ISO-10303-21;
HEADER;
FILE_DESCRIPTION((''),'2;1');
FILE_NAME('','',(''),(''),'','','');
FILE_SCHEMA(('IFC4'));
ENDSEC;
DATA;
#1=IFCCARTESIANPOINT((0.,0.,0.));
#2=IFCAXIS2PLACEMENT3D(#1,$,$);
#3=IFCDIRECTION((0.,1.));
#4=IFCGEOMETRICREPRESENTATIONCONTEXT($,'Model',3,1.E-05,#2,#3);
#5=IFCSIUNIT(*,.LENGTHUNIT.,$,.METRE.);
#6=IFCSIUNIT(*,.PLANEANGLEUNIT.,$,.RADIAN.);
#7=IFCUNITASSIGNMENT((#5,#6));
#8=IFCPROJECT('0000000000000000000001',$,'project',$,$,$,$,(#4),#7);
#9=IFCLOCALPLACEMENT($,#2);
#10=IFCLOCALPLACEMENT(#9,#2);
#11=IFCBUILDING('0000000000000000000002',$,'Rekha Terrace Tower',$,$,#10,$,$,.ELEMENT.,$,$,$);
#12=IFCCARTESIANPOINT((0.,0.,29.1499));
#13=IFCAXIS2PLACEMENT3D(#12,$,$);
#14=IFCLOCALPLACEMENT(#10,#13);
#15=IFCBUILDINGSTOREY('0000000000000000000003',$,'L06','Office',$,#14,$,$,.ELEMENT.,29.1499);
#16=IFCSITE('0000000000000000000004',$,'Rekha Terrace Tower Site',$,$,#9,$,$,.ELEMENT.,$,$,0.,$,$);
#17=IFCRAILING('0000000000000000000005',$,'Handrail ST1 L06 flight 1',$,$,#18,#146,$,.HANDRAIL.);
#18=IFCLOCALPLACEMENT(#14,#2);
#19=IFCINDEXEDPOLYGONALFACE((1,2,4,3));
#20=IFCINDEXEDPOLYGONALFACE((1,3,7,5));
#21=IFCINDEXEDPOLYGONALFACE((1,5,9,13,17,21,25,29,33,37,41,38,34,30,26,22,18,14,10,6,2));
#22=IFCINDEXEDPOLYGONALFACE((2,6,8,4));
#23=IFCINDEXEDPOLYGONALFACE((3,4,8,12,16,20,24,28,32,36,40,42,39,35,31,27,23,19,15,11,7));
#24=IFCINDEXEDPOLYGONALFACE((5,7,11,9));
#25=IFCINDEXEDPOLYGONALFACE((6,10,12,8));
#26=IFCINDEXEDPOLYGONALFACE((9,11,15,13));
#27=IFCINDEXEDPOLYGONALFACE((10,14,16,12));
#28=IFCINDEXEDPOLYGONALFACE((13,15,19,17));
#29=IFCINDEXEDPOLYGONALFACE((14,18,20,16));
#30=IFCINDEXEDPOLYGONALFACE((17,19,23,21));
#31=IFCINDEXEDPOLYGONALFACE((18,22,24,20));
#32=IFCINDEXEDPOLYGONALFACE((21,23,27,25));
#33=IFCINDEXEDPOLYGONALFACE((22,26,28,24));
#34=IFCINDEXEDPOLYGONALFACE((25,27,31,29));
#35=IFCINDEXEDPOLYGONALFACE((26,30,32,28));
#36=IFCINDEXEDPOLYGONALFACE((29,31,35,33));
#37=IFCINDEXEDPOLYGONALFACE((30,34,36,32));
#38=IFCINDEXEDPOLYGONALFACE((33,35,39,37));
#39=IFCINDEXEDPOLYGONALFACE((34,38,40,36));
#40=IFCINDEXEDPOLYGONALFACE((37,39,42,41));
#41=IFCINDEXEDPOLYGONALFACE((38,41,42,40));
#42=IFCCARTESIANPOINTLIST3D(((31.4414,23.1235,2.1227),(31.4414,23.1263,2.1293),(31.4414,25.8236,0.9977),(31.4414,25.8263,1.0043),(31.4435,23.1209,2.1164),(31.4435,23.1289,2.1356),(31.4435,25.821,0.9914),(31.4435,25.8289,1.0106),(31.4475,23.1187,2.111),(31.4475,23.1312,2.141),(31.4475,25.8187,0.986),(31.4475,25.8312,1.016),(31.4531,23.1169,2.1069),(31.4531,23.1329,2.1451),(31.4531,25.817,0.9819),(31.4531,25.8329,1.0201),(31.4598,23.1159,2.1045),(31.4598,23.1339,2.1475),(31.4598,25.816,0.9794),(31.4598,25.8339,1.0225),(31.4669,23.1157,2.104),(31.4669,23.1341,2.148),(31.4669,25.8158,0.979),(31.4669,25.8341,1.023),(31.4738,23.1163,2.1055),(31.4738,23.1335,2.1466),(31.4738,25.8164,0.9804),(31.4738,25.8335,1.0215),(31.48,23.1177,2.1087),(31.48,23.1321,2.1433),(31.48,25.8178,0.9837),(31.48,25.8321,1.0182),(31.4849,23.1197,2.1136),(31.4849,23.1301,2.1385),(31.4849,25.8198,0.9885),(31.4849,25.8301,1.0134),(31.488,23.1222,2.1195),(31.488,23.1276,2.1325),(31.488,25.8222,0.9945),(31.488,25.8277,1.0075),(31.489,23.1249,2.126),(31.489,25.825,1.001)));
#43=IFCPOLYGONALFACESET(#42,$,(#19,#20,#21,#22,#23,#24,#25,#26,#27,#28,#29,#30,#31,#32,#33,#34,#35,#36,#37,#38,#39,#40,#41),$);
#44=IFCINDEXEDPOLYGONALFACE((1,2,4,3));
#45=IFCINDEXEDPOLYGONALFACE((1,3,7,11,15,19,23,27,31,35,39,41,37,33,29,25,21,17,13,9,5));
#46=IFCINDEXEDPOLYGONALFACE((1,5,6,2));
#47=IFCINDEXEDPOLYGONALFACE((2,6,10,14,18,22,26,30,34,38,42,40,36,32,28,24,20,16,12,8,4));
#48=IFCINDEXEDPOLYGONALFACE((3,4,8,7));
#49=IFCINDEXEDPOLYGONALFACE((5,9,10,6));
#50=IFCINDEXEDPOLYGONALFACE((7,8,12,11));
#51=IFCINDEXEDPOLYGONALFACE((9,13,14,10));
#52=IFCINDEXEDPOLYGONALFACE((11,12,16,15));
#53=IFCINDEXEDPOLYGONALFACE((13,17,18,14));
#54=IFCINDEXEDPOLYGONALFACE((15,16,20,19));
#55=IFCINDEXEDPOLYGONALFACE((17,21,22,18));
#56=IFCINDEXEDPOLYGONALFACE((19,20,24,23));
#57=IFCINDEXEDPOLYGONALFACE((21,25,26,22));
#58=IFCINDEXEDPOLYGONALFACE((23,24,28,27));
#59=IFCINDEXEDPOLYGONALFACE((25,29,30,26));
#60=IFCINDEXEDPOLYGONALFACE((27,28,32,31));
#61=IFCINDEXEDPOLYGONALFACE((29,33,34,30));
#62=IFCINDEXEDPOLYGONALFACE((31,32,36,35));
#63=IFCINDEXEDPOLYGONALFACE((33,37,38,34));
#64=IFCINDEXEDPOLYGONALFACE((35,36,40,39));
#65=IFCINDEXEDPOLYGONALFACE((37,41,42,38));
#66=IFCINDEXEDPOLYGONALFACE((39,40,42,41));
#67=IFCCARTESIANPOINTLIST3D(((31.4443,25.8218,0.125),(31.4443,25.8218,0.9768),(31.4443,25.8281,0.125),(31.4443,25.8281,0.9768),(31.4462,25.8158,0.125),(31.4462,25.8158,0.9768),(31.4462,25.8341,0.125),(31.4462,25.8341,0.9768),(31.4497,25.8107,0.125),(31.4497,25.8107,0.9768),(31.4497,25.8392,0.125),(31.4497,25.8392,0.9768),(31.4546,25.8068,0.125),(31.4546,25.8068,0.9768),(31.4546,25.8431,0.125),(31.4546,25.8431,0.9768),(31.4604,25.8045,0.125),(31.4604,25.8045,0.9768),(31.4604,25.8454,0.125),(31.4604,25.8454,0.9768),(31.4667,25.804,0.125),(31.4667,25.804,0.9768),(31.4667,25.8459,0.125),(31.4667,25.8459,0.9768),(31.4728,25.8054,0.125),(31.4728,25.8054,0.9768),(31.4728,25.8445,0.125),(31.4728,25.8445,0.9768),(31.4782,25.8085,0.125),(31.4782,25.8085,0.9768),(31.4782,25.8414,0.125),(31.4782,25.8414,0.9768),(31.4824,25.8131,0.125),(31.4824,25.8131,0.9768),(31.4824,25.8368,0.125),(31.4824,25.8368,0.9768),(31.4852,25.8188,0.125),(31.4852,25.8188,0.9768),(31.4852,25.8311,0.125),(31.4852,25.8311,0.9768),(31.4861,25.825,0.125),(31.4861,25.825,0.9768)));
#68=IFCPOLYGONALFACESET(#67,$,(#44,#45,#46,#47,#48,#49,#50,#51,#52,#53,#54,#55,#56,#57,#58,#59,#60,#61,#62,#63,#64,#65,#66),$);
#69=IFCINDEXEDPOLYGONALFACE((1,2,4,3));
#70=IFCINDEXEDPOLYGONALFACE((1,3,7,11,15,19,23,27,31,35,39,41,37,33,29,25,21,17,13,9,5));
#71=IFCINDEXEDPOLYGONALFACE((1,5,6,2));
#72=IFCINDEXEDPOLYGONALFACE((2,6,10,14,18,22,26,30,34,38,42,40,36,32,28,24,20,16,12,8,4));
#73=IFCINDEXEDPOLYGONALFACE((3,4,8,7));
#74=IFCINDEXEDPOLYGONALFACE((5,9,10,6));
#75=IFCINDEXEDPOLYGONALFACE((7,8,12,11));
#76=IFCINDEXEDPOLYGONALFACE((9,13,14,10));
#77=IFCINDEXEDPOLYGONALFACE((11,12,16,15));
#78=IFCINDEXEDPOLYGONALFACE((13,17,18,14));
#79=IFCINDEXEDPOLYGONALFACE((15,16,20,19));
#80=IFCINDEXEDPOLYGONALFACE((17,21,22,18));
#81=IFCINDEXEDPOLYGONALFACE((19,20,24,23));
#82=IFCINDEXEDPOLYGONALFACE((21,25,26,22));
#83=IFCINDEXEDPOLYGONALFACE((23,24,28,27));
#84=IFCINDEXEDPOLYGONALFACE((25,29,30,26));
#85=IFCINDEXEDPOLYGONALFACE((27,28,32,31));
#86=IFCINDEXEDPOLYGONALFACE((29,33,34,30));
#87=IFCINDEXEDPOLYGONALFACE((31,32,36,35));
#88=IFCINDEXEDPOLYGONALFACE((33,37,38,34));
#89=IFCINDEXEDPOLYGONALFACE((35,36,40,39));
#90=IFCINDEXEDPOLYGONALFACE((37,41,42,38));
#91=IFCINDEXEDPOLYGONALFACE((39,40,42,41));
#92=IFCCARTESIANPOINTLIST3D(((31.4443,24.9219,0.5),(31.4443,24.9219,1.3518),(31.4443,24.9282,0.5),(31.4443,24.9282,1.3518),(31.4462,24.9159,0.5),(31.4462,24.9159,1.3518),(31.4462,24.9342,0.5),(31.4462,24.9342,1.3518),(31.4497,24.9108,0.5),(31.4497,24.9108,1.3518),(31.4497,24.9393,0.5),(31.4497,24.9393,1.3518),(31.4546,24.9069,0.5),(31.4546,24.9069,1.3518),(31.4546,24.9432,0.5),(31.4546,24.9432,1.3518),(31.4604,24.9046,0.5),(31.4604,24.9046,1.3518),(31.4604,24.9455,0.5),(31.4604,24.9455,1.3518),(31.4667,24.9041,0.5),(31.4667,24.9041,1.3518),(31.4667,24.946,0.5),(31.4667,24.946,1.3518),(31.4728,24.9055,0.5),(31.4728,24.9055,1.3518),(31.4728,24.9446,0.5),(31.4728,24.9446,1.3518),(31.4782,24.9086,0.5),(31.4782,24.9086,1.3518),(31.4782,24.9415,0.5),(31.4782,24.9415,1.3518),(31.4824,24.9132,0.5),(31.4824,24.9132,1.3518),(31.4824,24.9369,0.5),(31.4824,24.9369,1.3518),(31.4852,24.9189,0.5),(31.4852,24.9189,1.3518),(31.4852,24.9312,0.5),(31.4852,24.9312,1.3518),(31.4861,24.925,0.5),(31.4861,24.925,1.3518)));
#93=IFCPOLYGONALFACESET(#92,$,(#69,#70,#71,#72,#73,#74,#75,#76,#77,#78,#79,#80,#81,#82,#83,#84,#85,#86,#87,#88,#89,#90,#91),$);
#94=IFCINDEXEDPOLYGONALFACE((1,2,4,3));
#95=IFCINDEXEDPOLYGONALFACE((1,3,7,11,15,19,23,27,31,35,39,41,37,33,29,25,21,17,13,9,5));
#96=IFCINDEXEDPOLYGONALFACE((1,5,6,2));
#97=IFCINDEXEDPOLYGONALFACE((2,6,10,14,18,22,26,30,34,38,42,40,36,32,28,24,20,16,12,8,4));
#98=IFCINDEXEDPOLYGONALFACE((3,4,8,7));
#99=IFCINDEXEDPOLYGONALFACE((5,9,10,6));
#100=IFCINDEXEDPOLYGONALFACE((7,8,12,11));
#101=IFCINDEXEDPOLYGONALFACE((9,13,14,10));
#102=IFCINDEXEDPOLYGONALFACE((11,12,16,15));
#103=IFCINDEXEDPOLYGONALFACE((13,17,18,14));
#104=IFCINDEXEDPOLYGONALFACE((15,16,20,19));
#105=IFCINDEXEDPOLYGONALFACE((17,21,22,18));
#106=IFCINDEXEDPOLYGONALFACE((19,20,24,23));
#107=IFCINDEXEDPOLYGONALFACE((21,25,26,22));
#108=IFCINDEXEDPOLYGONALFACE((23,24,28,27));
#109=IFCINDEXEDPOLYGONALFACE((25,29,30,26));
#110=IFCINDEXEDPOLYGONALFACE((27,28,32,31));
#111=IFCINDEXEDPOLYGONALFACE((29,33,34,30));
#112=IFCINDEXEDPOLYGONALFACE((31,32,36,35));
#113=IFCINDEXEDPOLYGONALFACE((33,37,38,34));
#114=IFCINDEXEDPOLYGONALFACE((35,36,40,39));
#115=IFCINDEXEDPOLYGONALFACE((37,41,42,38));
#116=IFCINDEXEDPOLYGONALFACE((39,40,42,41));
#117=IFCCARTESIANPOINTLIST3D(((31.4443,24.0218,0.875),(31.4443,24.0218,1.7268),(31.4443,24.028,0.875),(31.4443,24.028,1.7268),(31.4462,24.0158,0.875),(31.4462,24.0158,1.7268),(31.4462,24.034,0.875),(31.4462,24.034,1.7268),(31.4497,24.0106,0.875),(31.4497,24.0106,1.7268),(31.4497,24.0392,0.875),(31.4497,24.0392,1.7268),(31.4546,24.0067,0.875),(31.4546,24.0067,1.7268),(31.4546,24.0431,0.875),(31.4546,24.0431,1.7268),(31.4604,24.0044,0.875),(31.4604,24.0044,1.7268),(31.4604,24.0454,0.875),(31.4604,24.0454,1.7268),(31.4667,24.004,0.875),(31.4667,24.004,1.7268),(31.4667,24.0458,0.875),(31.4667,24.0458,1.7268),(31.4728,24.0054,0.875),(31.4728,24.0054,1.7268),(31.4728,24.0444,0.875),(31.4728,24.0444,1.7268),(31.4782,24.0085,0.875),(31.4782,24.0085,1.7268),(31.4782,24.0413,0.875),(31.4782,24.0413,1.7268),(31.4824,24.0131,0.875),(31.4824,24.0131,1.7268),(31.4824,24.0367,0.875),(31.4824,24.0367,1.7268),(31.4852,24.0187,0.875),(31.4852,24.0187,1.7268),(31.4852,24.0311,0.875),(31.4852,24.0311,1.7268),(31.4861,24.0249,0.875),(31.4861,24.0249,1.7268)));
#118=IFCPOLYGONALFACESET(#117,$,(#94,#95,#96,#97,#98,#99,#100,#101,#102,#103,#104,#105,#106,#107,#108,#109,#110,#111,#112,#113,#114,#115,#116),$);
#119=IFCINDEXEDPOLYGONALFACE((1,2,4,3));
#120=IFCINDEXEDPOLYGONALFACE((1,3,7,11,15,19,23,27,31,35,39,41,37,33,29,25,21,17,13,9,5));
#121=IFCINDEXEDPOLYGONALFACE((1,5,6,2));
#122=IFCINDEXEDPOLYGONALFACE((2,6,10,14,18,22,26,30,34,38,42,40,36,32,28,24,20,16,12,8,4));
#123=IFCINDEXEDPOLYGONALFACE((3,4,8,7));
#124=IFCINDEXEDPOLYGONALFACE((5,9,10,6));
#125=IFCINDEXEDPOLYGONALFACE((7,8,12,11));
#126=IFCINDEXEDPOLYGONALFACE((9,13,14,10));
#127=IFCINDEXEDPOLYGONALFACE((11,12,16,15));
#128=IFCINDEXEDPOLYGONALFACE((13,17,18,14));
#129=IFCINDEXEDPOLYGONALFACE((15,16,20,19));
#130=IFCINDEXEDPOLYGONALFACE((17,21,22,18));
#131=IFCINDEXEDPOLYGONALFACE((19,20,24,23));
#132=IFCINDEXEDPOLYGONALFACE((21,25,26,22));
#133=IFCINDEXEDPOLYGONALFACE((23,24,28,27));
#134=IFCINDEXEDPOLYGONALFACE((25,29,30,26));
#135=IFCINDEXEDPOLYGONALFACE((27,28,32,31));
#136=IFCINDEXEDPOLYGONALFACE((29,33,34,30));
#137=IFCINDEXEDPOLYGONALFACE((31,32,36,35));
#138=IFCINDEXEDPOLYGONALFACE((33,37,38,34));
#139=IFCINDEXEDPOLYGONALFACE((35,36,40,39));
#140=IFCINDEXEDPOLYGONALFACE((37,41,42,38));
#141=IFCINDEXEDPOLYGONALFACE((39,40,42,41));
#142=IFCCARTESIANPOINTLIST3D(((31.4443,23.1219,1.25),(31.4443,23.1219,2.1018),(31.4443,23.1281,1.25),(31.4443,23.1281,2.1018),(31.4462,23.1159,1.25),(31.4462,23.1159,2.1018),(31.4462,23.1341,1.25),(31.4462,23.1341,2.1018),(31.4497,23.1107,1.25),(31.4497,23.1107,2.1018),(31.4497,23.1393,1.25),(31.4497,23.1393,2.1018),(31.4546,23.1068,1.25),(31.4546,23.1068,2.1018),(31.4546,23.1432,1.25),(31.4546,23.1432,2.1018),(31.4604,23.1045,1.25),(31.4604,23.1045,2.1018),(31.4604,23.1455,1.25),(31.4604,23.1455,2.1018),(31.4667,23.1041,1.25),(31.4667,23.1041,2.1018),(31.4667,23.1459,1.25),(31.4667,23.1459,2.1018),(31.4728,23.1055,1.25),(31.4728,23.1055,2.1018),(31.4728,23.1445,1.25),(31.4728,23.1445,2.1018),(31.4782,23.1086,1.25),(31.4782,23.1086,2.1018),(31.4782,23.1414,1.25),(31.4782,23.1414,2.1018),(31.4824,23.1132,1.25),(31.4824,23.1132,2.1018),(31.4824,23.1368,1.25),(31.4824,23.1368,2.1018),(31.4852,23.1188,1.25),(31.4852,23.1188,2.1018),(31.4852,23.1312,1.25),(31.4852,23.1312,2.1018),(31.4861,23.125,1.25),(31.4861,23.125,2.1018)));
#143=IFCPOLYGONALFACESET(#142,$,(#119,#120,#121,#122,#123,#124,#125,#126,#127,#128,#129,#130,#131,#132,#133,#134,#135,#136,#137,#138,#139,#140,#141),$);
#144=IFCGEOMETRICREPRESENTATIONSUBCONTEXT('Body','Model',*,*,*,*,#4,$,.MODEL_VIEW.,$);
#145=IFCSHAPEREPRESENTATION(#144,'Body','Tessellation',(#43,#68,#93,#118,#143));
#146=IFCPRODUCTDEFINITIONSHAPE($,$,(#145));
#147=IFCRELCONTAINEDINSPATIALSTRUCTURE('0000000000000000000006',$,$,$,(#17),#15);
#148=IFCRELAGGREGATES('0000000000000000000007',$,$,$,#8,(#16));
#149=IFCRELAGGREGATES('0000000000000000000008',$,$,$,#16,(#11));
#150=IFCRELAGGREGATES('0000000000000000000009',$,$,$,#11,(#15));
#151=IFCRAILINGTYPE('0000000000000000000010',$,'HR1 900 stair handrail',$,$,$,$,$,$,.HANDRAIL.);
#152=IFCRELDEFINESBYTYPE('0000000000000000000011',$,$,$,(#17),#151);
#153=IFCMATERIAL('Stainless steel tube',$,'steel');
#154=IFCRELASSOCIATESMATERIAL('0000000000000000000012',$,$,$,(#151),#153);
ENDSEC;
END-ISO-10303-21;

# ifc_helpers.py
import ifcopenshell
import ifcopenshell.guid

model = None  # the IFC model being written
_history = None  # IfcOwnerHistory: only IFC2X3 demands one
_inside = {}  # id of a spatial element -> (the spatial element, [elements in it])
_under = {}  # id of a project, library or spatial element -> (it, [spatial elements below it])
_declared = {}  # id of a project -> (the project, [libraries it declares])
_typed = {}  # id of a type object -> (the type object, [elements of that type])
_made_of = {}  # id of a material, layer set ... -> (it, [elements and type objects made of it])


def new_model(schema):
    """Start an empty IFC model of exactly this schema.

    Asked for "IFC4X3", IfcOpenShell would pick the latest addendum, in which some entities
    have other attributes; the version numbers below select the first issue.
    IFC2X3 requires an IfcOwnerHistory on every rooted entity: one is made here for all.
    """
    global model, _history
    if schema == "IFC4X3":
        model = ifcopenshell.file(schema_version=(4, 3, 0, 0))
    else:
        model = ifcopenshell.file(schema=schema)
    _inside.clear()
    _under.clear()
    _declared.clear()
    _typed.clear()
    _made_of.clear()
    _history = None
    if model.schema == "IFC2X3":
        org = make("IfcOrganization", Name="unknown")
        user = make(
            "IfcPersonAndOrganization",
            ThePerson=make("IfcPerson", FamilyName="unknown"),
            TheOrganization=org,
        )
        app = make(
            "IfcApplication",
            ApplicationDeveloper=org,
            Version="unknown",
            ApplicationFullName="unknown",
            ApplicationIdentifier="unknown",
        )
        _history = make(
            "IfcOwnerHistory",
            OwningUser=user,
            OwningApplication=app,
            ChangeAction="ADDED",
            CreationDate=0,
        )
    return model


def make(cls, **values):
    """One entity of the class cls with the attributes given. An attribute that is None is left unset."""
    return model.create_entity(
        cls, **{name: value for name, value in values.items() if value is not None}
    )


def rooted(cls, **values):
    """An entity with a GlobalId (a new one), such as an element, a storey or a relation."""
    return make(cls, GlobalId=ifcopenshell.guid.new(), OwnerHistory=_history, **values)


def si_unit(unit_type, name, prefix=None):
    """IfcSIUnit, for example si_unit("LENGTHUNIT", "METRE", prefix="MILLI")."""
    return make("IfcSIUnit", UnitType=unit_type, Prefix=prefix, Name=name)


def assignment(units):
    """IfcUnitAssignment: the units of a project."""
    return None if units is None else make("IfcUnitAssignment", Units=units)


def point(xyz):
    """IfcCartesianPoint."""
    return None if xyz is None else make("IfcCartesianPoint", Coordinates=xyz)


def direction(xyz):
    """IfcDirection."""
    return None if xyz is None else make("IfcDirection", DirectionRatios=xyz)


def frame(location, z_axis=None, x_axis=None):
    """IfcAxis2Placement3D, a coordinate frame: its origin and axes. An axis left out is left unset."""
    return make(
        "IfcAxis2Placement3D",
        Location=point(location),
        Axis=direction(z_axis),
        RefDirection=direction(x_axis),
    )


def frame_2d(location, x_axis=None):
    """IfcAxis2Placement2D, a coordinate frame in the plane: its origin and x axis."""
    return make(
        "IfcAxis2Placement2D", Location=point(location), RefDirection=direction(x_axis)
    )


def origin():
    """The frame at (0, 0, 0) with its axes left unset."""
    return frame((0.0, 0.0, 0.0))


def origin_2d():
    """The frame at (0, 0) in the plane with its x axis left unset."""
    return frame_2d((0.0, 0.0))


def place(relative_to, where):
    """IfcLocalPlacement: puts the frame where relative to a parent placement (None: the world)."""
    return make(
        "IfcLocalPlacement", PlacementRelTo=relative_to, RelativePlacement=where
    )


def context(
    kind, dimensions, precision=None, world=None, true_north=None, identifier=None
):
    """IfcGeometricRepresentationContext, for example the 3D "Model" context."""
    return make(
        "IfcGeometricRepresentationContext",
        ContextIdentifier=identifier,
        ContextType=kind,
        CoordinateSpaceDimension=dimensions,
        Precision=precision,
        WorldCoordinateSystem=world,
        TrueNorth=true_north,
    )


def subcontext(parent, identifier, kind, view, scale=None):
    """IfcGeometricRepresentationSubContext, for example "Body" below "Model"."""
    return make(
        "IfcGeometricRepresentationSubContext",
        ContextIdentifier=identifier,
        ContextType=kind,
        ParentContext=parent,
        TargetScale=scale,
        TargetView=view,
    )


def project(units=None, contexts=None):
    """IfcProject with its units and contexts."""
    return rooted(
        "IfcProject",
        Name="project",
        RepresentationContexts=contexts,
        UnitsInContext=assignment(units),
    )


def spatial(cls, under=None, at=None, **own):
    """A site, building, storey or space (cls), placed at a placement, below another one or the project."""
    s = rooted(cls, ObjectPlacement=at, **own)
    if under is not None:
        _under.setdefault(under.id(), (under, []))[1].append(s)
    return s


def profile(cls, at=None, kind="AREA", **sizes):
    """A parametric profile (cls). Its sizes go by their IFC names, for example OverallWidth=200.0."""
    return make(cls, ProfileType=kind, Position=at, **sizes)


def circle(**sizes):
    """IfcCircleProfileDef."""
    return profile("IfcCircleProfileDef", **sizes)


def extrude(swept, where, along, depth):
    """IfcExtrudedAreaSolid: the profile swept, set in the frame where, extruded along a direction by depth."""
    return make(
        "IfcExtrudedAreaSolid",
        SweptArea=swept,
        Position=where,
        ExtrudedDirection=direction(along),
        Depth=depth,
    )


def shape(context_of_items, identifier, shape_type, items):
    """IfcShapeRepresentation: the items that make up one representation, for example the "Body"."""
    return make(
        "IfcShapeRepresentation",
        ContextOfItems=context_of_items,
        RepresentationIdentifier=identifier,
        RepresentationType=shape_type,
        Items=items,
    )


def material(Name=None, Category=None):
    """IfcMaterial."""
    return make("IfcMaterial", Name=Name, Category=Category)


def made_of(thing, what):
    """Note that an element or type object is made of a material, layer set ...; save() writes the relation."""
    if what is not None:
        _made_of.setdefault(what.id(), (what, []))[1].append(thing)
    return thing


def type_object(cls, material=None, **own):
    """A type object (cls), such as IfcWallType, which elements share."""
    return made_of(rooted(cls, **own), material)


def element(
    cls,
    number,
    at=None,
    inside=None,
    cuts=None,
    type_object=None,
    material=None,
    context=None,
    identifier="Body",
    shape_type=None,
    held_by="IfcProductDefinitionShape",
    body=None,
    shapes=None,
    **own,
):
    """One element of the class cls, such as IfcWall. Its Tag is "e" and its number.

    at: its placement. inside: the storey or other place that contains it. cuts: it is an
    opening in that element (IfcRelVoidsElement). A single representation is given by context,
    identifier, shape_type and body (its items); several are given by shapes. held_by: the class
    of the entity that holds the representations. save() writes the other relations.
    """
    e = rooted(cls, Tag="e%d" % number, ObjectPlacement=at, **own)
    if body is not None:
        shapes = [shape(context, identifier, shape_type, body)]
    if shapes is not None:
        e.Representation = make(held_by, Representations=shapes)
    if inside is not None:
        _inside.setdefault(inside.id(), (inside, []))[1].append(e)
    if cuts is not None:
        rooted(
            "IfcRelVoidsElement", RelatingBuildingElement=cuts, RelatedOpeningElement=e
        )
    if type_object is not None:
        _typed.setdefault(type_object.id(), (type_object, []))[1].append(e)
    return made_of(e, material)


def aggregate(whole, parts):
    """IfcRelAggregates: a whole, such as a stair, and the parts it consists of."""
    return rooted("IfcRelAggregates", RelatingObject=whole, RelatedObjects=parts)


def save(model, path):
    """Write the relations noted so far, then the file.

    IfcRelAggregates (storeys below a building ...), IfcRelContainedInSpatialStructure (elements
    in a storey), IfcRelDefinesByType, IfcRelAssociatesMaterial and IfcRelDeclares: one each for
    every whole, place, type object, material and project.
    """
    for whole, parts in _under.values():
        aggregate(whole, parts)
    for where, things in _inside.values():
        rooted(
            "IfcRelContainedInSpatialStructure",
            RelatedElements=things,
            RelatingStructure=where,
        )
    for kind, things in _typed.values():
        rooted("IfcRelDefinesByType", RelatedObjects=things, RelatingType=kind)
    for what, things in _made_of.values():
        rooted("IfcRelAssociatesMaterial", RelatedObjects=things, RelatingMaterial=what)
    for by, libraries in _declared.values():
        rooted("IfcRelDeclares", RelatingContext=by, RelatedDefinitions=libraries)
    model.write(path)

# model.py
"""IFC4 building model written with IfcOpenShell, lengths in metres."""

from ifc_helpers import new_model, si_unit, direction, frame, origin, origin_2d, place, context, subcontext, project, spatial, circle, extrude, material, type_object, element, save


model = new_model("IFC4")

# Units and contexts
model_context = context("Model", 3, precision=1e-05, world=origin(), true_north=direction((0.0, 1.0)))
body_context = subcontext(model_context, "Body", "Model", "MODEL_VIEW")
ifc_project = project(units=[si_unit("LENGTHUNIT", "METRE"), si_unit("PLANEANGLEUNIT", "RADIAN")], contexts=[model_context])

# Site, building, storey
site_placement = place(None, origin())
site = spatial("IfcSite", under=ifc_project, at=site_placement, Name="Rekha Terrace Tower Site", CompositionType="ELEMENT", RefElevation=0.0)
building_placement = place(site_placement, origin())
building = spatial("IfcBuilding", under=site, at=building_placement, Name="Rekha Terrace Tower", CompositionType="ELEMENT")
storey_placement = place(building_placement, frame((0.0, 0.0, 29.1499)))
storey = spatial("IfcBuildingStorey", under=building, at=storey_placement, Name="L06", Description="Office", CompositionType="ELEMENT", Elevation=29.1499)

# Railing
ifc_material_1 = material(Name="Stainless steel tube", Category="steel")
railing_type_1 = type_object("IfcRailingType", Name="HR1 900 stair handrail", PredefinedType="HANDRAIL", material=ifc_material_1)
railing_1_placement = place(storey_placement, frame((31.4651, 25.825, 0.125)))
element("IfcRailing", 1, at=railing_1_placement, inside=storey, type_object=railing_type_1, Name="Handrail ST1 L06 flight 1", PredefinedType="HANDRAIL", context=body_context, shape_type="SweptSolid", body=[
    extrude(circle(Radius=0.0239, at=origin_2d()), frame((0.0, 0.0, 0.876), z_axis=(0.0, -0.923074, 0.384621), x_axis=(1.0, 0.0, 0.0)), (0.0, 0.0, 1.0), 2.925),
    extrude(circle(Radius=0.021, at=origin_2d()), origin(), (0.0, 0.0, 1.0), 0.8518),
    extrude(circle(Radius=0.021, at=origin_2d()), frame((0.0, -0.8999, 0.375)), (0.0, 0.0, 1.0), 0.8518),
    extrude(circle(Radius=0.021, at=origin_2d()), frame((0.0, -1.8, 0.75)), (0.0, 0.0, 1.0), 0.8518),
    extrude(circle(Radius=0.021, at=origin_2d()), frame((0.0, -2.7, 1.125)), (0.0, 0.0, 1.0), 0.8518),
])

save(model, "model.ifc")
